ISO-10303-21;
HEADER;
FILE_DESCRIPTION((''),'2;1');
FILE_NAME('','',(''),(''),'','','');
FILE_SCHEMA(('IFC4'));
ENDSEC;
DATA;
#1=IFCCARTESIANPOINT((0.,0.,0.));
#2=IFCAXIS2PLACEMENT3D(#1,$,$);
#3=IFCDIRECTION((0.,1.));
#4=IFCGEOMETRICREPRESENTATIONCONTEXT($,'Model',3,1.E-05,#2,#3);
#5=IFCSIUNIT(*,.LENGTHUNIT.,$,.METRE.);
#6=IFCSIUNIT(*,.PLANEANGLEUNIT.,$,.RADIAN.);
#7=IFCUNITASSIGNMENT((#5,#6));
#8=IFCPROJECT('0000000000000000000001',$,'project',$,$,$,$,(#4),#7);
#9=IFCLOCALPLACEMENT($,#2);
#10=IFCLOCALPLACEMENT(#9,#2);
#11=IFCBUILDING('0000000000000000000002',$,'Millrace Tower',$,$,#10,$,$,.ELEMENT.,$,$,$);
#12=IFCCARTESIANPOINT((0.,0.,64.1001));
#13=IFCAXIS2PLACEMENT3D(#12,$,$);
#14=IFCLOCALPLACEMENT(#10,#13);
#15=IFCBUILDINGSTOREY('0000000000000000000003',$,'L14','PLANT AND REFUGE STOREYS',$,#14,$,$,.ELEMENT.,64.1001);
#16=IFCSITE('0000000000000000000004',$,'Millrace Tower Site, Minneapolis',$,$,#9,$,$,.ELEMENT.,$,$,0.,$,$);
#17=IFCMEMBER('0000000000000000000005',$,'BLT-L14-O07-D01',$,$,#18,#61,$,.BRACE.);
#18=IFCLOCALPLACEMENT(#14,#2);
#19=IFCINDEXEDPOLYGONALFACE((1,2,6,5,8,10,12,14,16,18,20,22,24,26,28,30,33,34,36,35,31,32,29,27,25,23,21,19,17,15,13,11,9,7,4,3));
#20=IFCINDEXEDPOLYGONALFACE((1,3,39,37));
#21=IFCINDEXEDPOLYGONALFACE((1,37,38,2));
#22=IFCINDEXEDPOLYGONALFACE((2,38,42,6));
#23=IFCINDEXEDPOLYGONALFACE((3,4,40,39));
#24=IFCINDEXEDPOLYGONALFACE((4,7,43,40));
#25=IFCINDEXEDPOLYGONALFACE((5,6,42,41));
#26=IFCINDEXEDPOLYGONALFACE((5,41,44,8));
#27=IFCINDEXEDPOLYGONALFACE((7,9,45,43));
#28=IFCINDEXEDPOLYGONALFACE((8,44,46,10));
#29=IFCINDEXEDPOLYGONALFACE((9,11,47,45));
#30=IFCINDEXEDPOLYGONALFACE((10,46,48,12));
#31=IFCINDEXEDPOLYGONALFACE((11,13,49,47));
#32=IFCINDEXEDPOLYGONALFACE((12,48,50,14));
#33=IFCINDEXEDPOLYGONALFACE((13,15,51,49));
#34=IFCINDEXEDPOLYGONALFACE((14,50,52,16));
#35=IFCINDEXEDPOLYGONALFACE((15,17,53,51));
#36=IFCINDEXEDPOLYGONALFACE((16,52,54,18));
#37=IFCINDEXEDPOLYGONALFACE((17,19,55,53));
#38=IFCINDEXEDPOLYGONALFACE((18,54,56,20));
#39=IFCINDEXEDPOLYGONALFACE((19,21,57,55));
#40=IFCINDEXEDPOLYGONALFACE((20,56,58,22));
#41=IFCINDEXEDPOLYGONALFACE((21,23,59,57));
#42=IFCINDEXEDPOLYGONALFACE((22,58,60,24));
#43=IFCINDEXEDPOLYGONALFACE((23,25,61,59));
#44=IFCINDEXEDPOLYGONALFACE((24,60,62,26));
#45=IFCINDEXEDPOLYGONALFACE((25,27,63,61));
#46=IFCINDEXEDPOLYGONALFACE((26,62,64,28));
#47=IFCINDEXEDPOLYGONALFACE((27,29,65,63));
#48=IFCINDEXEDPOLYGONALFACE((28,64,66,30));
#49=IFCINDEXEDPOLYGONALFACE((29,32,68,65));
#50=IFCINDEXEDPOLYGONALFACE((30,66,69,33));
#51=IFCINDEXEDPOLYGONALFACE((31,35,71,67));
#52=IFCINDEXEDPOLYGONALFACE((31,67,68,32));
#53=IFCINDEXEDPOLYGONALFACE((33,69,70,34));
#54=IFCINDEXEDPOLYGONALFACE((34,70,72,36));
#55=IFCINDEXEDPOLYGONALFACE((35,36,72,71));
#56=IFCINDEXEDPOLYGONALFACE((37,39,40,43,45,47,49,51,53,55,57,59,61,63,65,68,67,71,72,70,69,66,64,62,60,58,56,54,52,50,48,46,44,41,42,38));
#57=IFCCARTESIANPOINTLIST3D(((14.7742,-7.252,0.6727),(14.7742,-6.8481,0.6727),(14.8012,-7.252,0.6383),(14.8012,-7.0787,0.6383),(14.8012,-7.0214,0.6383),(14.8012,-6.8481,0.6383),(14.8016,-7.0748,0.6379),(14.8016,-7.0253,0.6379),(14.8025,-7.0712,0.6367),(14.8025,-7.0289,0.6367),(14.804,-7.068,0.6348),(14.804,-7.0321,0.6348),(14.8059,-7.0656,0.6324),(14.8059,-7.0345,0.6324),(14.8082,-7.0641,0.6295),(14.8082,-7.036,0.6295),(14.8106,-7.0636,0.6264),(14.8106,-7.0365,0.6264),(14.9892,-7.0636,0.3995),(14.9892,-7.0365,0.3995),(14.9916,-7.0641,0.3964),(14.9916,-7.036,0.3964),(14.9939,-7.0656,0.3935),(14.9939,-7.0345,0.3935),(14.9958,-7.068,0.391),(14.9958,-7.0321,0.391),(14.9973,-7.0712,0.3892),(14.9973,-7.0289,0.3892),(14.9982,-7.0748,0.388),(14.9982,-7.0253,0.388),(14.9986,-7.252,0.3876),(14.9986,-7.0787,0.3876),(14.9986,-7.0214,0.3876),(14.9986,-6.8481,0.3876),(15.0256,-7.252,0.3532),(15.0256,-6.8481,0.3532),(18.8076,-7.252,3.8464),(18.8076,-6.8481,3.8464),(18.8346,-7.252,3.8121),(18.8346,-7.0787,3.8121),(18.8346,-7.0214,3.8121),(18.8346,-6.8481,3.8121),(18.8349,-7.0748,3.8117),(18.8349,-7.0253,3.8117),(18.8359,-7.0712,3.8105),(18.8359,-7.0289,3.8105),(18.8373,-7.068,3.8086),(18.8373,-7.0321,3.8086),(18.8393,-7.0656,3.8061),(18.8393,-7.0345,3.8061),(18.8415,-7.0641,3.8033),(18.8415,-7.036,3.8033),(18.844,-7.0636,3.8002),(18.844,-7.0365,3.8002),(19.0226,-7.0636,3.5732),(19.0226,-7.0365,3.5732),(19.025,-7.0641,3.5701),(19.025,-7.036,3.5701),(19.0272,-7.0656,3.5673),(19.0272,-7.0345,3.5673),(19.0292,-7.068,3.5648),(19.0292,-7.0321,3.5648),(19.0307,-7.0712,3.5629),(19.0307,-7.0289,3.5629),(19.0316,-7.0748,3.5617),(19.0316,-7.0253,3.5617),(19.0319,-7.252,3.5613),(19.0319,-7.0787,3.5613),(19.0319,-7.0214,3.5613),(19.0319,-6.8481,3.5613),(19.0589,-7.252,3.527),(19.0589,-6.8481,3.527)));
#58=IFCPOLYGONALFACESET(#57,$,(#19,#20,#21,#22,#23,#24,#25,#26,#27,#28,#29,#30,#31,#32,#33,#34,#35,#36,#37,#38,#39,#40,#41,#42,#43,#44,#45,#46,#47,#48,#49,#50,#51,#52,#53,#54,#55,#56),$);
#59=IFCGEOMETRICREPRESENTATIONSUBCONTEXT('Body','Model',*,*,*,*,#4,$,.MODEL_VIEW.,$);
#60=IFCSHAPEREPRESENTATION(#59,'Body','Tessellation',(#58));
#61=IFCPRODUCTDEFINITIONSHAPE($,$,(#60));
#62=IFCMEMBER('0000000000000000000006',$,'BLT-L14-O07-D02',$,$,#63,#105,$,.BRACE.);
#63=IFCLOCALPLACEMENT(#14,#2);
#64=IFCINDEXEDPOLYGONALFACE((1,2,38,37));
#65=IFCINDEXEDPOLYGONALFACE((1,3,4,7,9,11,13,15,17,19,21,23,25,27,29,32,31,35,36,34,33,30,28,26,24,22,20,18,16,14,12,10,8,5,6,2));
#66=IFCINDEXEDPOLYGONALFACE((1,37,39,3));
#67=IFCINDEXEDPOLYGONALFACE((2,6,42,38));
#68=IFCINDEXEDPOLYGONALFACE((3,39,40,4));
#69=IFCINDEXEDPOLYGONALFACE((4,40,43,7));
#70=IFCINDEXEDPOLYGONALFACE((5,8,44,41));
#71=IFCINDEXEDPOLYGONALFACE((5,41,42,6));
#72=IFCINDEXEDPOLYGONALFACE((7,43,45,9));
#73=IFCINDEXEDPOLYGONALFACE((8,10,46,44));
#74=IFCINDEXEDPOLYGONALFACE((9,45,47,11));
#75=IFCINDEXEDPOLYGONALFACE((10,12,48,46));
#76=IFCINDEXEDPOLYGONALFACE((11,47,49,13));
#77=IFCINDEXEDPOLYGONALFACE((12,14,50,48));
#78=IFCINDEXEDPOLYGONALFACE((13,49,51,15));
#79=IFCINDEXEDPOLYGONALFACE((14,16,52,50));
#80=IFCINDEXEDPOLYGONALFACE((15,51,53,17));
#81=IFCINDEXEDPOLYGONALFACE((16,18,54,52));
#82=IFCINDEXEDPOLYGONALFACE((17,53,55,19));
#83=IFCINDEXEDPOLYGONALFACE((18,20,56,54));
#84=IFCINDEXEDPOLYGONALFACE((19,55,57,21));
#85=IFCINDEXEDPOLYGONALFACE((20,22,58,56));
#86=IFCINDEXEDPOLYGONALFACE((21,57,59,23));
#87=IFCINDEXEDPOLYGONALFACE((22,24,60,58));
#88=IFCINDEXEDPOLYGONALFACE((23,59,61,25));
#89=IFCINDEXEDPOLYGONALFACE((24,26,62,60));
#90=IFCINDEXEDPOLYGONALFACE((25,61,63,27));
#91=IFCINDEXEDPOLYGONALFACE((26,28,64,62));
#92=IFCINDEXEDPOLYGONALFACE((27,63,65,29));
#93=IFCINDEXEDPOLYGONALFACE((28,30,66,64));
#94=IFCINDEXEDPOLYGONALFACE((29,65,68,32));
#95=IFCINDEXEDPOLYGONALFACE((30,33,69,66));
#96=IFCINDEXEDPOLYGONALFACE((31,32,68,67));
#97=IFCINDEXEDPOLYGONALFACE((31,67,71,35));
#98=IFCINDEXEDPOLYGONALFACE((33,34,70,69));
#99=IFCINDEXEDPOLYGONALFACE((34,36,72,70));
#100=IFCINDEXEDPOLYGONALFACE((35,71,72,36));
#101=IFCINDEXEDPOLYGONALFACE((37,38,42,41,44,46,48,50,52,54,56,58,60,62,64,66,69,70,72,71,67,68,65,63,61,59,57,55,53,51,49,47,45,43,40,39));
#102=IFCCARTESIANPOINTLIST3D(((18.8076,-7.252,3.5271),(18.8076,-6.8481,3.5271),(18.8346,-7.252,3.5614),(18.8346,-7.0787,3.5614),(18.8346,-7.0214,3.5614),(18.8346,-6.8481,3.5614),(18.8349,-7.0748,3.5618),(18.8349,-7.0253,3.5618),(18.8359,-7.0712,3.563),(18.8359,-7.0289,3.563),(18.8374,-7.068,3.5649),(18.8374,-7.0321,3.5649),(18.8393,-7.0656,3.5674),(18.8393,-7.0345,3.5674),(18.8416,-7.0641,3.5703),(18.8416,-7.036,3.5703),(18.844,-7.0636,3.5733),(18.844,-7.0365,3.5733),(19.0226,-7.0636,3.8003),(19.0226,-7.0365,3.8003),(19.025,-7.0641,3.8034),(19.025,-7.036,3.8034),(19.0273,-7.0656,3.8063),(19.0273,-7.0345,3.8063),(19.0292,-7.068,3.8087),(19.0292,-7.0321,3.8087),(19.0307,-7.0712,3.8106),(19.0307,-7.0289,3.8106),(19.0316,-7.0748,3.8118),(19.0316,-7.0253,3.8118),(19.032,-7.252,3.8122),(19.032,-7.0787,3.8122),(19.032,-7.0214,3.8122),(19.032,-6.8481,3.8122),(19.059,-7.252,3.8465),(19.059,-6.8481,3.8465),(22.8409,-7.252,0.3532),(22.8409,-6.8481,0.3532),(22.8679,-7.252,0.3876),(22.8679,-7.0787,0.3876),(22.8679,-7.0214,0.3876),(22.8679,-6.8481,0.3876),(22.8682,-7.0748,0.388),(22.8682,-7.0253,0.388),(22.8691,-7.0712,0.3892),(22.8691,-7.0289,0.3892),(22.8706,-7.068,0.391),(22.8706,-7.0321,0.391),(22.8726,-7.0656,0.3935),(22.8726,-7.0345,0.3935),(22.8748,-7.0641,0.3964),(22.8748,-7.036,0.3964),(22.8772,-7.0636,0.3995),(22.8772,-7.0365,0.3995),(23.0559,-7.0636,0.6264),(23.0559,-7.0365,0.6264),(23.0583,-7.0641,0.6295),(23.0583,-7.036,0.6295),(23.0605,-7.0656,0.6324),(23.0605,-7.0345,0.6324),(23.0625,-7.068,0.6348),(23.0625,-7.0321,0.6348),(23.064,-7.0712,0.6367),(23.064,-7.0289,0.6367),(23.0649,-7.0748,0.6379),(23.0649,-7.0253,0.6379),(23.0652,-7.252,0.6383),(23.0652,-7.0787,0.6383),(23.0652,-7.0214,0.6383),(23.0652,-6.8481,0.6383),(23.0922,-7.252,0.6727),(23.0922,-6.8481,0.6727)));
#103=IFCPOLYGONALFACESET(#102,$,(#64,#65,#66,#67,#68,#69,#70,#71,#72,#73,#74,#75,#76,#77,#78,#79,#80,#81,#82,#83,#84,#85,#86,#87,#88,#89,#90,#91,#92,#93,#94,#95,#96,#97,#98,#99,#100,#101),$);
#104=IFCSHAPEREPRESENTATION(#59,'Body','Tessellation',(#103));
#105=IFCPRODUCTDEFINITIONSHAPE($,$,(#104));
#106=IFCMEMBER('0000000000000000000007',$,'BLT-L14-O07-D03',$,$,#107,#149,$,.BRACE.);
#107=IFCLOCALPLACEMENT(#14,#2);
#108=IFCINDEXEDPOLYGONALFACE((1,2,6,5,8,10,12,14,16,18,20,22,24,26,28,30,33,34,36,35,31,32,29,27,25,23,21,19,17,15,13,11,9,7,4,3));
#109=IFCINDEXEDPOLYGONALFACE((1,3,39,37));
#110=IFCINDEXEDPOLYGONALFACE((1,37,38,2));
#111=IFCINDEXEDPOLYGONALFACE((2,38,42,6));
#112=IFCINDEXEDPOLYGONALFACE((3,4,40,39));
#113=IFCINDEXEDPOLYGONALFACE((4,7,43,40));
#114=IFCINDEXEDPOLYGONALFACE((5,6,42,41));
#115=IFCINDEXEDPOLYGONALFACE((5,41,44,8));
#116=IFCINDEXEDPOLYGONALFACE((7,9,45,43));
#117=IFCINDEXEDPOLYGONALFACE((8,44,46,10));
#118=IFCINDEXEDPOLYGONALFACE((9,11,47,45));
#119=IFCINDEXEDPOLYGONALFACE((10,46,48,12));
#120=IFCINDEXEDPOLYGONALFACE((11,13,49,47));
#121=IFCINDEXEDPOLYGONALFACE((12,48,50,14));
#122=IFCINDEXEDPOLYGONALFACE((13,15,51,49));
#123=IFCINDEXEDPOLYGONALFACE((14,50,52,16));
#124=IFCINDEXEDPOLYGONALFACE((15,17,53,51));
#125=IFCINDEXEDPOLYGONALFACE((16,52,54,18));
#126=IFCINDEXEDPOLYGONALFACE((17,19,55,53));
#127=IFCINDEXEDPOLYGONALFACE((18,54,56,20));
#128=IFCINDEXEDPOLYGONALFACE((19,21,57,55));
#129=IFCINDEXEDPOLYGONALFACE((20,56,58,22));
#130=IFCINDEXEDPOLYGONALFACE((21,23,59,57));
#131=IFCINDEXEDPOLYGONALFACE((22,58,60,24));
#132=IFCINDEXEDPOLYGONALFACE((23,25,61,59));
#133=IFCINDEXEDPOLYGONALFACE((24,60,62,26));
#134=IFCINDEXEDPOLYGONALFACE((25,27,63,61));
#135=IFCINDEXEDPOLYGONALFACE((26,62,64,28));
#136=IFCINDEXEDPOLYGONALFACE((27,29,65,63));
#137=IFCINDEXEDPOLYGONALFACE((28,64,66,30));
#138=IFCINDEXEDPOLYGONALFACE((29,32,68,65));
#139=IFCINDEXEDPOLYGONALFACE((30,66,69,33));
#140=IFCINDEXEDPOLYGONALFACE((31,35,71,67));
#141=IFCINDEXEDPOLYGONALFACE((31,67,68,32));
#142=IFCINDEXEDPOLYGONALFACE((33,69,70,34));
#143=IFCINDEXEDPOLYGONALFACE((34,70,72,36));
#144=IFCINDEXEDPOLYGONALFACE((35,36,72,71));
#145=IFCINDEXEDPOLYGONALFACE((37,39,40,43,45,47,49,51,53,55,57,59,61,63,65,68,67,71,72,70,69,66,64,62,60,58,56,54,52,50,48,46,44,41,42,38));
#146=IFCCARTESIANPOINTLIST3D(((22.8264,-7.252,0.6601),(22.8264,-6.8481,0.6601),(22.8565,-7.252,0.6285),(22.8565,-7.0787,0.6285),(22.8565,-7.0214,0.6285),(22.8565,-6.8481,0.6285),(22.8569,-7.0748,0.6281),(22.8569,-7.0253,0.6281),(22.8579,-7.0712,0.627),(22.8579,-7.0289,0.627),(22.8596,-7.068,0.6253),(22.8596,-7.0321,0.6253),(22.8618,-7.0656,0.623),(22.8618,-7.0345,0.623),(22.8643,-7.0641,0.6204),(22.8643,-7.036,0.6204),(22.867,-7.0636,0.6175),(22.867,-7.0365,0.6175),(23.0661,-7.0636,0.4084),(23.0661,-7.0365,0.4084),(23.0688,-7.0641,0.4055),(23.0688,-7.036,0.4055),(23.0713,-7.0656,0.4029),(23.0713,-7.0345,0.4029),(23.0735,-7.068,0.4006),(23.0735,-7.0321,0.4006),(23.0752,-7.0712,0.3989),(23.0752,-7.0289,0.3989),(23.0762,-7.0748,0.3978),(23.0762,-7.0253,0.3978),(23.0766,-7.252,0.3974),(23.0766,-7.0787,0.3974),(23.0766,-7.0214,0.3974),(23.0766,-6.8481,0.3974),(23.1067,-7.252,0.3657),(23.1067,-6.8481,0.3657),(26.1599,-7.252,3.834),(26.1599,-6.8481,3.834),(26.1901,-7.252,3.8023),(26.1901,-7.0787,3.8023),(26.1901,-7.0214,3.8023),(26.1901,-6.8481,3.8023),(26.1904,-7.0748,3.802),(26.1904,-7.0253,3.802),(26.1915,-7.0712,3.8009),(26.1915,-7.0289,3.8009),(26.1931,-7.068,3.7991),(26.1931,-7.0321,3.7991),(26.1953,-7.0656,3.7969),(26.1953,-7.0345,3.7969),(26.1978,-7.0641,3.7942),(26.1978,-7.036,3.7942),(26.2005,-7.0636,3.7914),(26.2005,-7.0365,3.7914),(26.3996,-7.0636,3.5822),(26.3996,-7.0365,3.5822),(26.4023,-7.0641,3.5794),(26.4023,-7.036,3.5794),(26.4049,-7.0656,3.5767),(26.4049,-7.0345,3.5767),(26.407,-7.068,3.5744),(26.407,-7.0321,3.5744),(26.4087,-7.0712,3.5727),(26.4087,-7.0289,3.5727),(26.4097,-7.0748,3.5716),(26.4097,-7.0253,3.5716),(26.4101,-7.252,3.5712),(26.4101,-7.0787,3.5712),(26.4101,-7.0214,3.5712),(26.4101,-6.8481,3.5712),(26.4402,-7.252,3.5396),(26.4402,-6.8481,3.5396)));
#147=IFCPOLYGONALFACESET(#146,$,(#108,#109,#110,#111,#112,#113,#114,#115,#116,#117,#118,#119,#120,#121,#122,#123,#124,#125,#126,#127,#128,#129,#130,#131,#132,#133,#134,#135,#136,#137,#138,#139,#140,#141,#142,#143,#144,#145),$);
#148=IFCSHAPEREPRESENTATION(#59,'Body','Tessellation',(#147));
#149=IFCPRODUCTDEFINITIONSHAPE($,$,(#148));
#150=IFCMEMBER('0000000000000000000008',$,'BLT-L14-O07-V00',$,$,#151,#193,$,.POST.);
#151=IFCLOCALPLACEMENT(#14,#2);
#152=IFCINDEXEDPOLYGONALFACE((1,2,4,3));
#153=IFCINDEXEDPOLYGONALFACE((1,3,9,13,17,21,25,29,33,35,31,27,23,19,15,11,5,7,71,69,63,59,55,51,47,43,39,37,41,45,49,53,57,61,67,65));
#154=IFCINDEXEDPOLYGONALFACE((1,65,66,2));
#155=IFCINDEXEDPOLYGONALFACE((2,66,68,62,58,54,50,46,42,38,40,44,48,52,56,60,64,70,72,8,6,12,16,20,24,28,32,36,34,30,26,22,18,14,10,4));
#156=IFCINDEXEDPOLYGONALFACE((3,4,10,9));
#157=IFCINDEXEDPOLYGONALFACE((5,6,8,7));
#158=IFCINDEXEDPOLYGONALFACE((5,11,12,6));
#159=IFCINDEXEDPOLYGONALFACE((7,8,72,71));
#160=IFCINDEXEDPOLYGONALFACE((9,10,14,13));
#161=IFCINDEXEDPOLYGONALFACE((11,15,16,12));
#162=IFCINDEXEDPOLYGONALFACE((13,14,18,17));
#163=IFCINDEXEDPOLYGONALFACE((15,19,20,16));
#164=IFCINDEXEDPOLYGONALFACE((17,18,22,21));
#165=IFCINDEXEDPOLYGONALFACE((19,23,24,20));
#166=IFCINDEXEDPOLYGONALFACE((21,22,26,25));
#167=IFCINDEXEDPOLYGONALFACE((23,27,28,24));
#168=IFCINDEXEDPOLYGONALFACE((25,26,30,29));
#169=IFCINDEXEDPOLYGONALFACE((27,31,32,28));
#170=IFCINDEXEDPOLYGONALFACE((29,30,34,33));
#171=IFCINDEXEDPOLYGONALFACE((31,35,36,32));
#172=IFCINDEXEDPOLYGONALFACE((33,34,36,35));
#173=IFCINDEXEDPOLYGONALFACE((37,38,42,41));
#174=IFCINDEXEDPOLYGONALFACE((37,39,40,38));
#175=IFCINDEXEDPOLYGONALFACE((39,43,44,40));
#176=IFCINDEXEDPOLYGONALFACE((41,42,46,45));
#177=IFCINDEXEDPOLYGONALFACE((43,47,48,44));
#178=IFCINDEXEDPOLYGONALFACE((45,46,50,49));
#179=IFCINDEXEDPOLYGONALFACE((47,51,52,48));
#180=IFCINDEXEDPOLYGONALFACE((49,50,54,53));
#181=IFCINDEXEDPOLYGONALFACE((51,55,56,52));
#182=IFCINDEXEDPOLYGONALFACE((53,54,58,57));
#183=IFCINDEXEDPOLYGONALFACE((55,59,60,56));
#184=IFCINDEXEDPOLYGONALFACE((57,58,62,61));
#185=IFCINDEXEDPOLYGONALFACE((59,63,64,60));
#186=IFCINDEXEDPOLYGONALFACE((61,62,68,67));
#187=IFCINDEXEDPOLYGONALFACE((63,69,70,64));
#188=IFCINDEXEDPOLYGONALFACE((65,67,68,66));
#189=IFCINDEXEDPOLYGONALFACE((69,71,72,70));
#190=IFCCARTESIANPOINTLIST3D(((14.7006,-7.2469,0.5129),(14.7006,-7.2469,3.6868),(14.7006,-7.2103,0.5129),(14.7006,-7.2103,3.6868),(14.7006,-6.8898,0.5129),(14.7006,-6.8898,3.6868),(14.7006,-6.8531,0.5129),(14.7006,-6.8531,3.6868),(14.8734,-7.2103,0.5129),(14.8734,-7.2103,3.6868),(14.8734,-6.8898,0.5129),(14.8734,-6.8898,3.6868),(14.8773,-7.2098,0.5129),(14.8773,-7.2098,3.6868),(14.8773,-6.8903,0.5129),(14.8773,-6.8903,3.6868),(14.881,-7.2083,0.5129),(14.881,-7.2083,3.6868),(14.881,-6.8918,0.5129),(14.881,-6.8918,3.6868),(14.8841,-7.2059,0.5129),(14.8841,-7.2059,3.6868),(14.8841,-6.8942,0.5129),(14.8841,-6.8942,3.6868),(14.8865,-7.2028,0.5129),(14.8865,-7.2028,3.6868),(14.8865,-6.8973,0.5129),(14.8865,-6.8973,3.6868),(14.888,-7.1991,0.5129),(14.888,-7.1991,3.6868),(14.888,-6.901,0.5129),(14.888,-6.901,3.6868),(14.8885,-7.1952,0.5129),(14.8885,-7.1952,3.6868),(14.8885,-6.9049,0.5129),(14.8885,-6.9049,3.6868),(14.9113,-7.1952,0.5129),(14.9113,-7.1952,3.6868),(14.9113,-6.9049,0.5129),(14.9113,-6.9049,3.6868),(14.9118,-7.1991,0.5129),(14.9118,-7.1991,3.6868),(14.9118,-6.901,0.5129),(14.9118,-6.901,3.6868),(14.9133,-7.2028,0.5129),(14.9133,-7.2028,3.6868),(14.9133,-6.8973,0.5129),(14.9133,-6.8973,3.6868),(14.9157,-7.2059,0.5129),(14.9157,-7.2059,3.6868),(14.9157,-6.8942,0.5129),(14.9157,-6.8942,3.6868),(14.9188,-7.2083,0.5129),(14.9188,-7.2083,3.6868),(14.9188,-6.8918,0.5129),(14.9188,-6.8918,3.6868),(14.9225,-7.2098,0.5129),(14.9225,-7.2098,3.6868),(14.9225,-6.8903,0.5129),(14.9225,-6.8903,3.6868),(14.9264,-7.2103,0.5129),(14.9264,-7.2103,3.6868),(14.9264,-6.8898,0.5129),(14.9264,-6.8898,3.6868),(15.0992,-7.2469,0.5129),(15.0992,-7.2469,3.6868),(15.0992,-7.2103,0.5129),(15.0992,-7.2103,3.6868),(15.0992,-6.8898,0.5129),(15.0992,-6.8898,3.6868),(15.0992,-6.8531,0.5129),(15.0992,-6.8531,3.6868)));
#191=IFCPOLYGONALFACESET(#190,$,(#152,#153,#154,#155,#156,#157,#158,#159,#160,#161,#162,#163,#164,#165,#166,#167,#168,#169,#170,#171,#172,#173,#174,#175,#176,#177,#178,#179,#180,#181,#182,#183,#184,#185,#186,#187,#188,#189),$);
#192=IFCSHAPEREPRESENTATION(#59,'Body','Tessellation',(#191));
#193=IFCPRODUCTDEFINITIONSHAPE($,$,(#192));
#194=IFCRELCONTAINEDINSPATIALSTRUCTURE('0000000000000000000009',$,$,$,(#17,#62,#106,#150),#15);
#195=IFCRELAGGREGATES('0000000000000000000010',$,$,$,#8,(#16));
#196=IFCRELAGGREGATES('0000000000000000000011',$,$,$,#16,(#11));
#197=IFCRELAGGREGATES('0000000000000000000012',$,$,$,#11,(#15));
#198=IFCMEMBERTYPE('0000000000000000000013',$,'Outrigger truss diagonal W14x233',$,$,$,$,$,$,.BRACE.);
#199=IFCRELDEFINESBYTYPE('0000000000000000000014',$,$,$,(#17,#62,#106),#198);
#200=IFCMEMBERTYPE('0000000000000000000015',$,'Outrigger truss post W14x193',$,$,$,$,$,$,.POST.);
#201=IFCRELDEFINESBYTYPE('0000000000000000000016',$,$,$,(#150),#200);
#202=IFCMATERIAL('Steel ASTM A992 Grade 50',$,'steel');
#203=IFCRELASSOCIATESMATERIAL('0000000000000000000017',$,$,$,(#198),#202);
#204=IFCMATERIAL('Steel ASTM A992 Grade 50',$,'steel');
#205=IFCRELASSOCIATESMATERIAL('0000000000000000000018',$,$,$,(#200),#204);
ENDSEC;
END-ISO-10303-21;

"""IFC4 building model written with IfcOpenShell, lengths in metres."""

from ifc_helpers import new_model, si_unit, direction, frame, origin, origin_2d, place, context, subcontext, project, spatial, i_section, extrude, material, material_profile, profile_set, type_object, element, save


model = new_model("IFC4")

# Units and contexts
model_context = context("Model", 3, precision=1e-05, world=origin(), true_north=direction((0.0, 1.0)))
body_context = subcontext(model_context, "Body", "Model", "MODEL_VIEW")
ifc_project = project(units=[si_unit("LENGTHUNIT", "METRE"), si_unit("PLANEANGLEUNIT", "RADIAN")], contexts=[model_context])

# Site, building, storey
site_placement = place(None, origin())
site = spatial("IfcSite", under=ifc_project, at=site_placement, Name="Millrace Tower Site, Minneapolis", CompositionType="ELEMENT", RefElevation=0.0)
building_placement = place(site_placement, origin())
building = spatial("IfcBuilding", under=site, at=building_placement, Name="Millrace Tower", CompositionType="ELEMENT")
storey_placement = place(building_placement, frame((0.0, 0.0, 64.1001)))
storey = spatial("IfcBuildingStorey", under=building, at=storey_placement, Name="L14", Description="PLANT AND REFUGE STOREYS", CompositionType="ELEMENT", Elevation=64.1001)

# Members
ifc_material_1 = material(Name="Steel ASTM A992 Grade 50", Category="steel")
ifc_material_profile_1 = material_profile(ifc_material_1, i_section(OverallWidth=0.4038, OverallDepth=0.4065, WebThickness=0.0271, FlangeThickness=0.0437, FilletRadius=0.0151, at=origin_2d()))
ifc_profile_set_1 = profile_set([ifc_material_profile_1], Name="Steel ASTM A992 Grade 50")
member_type_1 = type_object("IfcMemberType", Name="Outrigger truss diagonal W14x233", PredefinedType="BRACE", material=ifc_profile_set_1)
for number, where, z_axis, x_axis, name in (
    (1, (14.8999, -7.05, 0.5129), (0.785874, 0.0, 0.618387), (0.0, 1.0, 0.0), "BLT-L14-O07-D01"),
    (2, (22.9666, -7.05, 0.5129), (-0.785856, 0.0, 0.61841), (0.0, -1.0, 0.0), "BLT-L14-O07-D02"),
):
    element("IfcMember", number, at=place(storey_placement, frame(where, z_axis=z_axis, x_axis=x_axis)), inside=storey, type_object=member_type_1, Name=name, PredefinedType="BRACE", context=body_context, shape_type="SweptSolid", body=[
        extrude(i_section(OverallWidth=0.4038, OverallDepth=0.4065, WebThickness=0.0271, FlangeThickness=0.0437, FilletRadius=0.0151, at=origin_2d()), origin(), (0.0, 0.0, 1.0), 5.1323),
    ])
member_1_placement = place(storey_placement, frame((22.9666, -7.05, 0.5129), z_axis=(0.724239, 0.0, 0.689549), x_axis=(0.0, 1.0, 0.0)))
element("IfcMember", 3, at=member_1_placement, inside=storey, type_object=member_type_1, Name="BLT-L14-O07-D03", PredefinedType="BRACE", context=body_context, shape_type="SweptSolid", body=[
    extrude(i_section(OverallWidth=0.4038, OverallDepth=0.4065, WebThickness=0.0271, FlangeThickness=0.0437, FilletRadius=0.0151, at=origin_2d()), origin(), (0.0, 0.0, 1.0), 4.6028),
])
ifc_material_2 = material(Name="Steel ASTM A992 Grade 50", Category="steel")
ifc_material_profile_2 = material_profile(ifc_material_2, i_section(OverallWidth=0.3987, OverallDepth=0.3938, WebThickness=0.0227, FlangeThickness=0.0366, FilletRadius=0.0151, at=origin_2d()))
ifc_profile_set_2 = profile_set([ifc_material_profile_2], Name="Steel ASTM A992 Grade 50")
member_type_2 = type_object("IfcMemberType", Name="Outrigger truss post W14x193", PredefinedType="POST", material=ifc_profile_set_2)
for number, where, z_axis, x_axis, name in (
    (4, (14.8999, -7.05, 0.5129), (0.0, 0.0, 1.0), (1.0, 0.0, 0.0), "BLT-L14-O07-V00"),
):
    element("IfcMember", number, at=place(storey_placement, frame(where, z_axis=z_axis, x_axis=x_axis)), inside=storey, type_object=member_type_2, Name=name, PredefinedType="POST", context=body_context, shape_type="SweptSolid", body=[
        extrude(i_section(OverallWidth=0.3987, OverallDepth=0.3938, WebThickness=0.0227, FlangeThickness=0.0366, FilletRadius=0.0151, at=origin_2d()), origin(), (0.0, 0.0, 1.0), 3.1738),
    ])

save(model, "model.ifc")
